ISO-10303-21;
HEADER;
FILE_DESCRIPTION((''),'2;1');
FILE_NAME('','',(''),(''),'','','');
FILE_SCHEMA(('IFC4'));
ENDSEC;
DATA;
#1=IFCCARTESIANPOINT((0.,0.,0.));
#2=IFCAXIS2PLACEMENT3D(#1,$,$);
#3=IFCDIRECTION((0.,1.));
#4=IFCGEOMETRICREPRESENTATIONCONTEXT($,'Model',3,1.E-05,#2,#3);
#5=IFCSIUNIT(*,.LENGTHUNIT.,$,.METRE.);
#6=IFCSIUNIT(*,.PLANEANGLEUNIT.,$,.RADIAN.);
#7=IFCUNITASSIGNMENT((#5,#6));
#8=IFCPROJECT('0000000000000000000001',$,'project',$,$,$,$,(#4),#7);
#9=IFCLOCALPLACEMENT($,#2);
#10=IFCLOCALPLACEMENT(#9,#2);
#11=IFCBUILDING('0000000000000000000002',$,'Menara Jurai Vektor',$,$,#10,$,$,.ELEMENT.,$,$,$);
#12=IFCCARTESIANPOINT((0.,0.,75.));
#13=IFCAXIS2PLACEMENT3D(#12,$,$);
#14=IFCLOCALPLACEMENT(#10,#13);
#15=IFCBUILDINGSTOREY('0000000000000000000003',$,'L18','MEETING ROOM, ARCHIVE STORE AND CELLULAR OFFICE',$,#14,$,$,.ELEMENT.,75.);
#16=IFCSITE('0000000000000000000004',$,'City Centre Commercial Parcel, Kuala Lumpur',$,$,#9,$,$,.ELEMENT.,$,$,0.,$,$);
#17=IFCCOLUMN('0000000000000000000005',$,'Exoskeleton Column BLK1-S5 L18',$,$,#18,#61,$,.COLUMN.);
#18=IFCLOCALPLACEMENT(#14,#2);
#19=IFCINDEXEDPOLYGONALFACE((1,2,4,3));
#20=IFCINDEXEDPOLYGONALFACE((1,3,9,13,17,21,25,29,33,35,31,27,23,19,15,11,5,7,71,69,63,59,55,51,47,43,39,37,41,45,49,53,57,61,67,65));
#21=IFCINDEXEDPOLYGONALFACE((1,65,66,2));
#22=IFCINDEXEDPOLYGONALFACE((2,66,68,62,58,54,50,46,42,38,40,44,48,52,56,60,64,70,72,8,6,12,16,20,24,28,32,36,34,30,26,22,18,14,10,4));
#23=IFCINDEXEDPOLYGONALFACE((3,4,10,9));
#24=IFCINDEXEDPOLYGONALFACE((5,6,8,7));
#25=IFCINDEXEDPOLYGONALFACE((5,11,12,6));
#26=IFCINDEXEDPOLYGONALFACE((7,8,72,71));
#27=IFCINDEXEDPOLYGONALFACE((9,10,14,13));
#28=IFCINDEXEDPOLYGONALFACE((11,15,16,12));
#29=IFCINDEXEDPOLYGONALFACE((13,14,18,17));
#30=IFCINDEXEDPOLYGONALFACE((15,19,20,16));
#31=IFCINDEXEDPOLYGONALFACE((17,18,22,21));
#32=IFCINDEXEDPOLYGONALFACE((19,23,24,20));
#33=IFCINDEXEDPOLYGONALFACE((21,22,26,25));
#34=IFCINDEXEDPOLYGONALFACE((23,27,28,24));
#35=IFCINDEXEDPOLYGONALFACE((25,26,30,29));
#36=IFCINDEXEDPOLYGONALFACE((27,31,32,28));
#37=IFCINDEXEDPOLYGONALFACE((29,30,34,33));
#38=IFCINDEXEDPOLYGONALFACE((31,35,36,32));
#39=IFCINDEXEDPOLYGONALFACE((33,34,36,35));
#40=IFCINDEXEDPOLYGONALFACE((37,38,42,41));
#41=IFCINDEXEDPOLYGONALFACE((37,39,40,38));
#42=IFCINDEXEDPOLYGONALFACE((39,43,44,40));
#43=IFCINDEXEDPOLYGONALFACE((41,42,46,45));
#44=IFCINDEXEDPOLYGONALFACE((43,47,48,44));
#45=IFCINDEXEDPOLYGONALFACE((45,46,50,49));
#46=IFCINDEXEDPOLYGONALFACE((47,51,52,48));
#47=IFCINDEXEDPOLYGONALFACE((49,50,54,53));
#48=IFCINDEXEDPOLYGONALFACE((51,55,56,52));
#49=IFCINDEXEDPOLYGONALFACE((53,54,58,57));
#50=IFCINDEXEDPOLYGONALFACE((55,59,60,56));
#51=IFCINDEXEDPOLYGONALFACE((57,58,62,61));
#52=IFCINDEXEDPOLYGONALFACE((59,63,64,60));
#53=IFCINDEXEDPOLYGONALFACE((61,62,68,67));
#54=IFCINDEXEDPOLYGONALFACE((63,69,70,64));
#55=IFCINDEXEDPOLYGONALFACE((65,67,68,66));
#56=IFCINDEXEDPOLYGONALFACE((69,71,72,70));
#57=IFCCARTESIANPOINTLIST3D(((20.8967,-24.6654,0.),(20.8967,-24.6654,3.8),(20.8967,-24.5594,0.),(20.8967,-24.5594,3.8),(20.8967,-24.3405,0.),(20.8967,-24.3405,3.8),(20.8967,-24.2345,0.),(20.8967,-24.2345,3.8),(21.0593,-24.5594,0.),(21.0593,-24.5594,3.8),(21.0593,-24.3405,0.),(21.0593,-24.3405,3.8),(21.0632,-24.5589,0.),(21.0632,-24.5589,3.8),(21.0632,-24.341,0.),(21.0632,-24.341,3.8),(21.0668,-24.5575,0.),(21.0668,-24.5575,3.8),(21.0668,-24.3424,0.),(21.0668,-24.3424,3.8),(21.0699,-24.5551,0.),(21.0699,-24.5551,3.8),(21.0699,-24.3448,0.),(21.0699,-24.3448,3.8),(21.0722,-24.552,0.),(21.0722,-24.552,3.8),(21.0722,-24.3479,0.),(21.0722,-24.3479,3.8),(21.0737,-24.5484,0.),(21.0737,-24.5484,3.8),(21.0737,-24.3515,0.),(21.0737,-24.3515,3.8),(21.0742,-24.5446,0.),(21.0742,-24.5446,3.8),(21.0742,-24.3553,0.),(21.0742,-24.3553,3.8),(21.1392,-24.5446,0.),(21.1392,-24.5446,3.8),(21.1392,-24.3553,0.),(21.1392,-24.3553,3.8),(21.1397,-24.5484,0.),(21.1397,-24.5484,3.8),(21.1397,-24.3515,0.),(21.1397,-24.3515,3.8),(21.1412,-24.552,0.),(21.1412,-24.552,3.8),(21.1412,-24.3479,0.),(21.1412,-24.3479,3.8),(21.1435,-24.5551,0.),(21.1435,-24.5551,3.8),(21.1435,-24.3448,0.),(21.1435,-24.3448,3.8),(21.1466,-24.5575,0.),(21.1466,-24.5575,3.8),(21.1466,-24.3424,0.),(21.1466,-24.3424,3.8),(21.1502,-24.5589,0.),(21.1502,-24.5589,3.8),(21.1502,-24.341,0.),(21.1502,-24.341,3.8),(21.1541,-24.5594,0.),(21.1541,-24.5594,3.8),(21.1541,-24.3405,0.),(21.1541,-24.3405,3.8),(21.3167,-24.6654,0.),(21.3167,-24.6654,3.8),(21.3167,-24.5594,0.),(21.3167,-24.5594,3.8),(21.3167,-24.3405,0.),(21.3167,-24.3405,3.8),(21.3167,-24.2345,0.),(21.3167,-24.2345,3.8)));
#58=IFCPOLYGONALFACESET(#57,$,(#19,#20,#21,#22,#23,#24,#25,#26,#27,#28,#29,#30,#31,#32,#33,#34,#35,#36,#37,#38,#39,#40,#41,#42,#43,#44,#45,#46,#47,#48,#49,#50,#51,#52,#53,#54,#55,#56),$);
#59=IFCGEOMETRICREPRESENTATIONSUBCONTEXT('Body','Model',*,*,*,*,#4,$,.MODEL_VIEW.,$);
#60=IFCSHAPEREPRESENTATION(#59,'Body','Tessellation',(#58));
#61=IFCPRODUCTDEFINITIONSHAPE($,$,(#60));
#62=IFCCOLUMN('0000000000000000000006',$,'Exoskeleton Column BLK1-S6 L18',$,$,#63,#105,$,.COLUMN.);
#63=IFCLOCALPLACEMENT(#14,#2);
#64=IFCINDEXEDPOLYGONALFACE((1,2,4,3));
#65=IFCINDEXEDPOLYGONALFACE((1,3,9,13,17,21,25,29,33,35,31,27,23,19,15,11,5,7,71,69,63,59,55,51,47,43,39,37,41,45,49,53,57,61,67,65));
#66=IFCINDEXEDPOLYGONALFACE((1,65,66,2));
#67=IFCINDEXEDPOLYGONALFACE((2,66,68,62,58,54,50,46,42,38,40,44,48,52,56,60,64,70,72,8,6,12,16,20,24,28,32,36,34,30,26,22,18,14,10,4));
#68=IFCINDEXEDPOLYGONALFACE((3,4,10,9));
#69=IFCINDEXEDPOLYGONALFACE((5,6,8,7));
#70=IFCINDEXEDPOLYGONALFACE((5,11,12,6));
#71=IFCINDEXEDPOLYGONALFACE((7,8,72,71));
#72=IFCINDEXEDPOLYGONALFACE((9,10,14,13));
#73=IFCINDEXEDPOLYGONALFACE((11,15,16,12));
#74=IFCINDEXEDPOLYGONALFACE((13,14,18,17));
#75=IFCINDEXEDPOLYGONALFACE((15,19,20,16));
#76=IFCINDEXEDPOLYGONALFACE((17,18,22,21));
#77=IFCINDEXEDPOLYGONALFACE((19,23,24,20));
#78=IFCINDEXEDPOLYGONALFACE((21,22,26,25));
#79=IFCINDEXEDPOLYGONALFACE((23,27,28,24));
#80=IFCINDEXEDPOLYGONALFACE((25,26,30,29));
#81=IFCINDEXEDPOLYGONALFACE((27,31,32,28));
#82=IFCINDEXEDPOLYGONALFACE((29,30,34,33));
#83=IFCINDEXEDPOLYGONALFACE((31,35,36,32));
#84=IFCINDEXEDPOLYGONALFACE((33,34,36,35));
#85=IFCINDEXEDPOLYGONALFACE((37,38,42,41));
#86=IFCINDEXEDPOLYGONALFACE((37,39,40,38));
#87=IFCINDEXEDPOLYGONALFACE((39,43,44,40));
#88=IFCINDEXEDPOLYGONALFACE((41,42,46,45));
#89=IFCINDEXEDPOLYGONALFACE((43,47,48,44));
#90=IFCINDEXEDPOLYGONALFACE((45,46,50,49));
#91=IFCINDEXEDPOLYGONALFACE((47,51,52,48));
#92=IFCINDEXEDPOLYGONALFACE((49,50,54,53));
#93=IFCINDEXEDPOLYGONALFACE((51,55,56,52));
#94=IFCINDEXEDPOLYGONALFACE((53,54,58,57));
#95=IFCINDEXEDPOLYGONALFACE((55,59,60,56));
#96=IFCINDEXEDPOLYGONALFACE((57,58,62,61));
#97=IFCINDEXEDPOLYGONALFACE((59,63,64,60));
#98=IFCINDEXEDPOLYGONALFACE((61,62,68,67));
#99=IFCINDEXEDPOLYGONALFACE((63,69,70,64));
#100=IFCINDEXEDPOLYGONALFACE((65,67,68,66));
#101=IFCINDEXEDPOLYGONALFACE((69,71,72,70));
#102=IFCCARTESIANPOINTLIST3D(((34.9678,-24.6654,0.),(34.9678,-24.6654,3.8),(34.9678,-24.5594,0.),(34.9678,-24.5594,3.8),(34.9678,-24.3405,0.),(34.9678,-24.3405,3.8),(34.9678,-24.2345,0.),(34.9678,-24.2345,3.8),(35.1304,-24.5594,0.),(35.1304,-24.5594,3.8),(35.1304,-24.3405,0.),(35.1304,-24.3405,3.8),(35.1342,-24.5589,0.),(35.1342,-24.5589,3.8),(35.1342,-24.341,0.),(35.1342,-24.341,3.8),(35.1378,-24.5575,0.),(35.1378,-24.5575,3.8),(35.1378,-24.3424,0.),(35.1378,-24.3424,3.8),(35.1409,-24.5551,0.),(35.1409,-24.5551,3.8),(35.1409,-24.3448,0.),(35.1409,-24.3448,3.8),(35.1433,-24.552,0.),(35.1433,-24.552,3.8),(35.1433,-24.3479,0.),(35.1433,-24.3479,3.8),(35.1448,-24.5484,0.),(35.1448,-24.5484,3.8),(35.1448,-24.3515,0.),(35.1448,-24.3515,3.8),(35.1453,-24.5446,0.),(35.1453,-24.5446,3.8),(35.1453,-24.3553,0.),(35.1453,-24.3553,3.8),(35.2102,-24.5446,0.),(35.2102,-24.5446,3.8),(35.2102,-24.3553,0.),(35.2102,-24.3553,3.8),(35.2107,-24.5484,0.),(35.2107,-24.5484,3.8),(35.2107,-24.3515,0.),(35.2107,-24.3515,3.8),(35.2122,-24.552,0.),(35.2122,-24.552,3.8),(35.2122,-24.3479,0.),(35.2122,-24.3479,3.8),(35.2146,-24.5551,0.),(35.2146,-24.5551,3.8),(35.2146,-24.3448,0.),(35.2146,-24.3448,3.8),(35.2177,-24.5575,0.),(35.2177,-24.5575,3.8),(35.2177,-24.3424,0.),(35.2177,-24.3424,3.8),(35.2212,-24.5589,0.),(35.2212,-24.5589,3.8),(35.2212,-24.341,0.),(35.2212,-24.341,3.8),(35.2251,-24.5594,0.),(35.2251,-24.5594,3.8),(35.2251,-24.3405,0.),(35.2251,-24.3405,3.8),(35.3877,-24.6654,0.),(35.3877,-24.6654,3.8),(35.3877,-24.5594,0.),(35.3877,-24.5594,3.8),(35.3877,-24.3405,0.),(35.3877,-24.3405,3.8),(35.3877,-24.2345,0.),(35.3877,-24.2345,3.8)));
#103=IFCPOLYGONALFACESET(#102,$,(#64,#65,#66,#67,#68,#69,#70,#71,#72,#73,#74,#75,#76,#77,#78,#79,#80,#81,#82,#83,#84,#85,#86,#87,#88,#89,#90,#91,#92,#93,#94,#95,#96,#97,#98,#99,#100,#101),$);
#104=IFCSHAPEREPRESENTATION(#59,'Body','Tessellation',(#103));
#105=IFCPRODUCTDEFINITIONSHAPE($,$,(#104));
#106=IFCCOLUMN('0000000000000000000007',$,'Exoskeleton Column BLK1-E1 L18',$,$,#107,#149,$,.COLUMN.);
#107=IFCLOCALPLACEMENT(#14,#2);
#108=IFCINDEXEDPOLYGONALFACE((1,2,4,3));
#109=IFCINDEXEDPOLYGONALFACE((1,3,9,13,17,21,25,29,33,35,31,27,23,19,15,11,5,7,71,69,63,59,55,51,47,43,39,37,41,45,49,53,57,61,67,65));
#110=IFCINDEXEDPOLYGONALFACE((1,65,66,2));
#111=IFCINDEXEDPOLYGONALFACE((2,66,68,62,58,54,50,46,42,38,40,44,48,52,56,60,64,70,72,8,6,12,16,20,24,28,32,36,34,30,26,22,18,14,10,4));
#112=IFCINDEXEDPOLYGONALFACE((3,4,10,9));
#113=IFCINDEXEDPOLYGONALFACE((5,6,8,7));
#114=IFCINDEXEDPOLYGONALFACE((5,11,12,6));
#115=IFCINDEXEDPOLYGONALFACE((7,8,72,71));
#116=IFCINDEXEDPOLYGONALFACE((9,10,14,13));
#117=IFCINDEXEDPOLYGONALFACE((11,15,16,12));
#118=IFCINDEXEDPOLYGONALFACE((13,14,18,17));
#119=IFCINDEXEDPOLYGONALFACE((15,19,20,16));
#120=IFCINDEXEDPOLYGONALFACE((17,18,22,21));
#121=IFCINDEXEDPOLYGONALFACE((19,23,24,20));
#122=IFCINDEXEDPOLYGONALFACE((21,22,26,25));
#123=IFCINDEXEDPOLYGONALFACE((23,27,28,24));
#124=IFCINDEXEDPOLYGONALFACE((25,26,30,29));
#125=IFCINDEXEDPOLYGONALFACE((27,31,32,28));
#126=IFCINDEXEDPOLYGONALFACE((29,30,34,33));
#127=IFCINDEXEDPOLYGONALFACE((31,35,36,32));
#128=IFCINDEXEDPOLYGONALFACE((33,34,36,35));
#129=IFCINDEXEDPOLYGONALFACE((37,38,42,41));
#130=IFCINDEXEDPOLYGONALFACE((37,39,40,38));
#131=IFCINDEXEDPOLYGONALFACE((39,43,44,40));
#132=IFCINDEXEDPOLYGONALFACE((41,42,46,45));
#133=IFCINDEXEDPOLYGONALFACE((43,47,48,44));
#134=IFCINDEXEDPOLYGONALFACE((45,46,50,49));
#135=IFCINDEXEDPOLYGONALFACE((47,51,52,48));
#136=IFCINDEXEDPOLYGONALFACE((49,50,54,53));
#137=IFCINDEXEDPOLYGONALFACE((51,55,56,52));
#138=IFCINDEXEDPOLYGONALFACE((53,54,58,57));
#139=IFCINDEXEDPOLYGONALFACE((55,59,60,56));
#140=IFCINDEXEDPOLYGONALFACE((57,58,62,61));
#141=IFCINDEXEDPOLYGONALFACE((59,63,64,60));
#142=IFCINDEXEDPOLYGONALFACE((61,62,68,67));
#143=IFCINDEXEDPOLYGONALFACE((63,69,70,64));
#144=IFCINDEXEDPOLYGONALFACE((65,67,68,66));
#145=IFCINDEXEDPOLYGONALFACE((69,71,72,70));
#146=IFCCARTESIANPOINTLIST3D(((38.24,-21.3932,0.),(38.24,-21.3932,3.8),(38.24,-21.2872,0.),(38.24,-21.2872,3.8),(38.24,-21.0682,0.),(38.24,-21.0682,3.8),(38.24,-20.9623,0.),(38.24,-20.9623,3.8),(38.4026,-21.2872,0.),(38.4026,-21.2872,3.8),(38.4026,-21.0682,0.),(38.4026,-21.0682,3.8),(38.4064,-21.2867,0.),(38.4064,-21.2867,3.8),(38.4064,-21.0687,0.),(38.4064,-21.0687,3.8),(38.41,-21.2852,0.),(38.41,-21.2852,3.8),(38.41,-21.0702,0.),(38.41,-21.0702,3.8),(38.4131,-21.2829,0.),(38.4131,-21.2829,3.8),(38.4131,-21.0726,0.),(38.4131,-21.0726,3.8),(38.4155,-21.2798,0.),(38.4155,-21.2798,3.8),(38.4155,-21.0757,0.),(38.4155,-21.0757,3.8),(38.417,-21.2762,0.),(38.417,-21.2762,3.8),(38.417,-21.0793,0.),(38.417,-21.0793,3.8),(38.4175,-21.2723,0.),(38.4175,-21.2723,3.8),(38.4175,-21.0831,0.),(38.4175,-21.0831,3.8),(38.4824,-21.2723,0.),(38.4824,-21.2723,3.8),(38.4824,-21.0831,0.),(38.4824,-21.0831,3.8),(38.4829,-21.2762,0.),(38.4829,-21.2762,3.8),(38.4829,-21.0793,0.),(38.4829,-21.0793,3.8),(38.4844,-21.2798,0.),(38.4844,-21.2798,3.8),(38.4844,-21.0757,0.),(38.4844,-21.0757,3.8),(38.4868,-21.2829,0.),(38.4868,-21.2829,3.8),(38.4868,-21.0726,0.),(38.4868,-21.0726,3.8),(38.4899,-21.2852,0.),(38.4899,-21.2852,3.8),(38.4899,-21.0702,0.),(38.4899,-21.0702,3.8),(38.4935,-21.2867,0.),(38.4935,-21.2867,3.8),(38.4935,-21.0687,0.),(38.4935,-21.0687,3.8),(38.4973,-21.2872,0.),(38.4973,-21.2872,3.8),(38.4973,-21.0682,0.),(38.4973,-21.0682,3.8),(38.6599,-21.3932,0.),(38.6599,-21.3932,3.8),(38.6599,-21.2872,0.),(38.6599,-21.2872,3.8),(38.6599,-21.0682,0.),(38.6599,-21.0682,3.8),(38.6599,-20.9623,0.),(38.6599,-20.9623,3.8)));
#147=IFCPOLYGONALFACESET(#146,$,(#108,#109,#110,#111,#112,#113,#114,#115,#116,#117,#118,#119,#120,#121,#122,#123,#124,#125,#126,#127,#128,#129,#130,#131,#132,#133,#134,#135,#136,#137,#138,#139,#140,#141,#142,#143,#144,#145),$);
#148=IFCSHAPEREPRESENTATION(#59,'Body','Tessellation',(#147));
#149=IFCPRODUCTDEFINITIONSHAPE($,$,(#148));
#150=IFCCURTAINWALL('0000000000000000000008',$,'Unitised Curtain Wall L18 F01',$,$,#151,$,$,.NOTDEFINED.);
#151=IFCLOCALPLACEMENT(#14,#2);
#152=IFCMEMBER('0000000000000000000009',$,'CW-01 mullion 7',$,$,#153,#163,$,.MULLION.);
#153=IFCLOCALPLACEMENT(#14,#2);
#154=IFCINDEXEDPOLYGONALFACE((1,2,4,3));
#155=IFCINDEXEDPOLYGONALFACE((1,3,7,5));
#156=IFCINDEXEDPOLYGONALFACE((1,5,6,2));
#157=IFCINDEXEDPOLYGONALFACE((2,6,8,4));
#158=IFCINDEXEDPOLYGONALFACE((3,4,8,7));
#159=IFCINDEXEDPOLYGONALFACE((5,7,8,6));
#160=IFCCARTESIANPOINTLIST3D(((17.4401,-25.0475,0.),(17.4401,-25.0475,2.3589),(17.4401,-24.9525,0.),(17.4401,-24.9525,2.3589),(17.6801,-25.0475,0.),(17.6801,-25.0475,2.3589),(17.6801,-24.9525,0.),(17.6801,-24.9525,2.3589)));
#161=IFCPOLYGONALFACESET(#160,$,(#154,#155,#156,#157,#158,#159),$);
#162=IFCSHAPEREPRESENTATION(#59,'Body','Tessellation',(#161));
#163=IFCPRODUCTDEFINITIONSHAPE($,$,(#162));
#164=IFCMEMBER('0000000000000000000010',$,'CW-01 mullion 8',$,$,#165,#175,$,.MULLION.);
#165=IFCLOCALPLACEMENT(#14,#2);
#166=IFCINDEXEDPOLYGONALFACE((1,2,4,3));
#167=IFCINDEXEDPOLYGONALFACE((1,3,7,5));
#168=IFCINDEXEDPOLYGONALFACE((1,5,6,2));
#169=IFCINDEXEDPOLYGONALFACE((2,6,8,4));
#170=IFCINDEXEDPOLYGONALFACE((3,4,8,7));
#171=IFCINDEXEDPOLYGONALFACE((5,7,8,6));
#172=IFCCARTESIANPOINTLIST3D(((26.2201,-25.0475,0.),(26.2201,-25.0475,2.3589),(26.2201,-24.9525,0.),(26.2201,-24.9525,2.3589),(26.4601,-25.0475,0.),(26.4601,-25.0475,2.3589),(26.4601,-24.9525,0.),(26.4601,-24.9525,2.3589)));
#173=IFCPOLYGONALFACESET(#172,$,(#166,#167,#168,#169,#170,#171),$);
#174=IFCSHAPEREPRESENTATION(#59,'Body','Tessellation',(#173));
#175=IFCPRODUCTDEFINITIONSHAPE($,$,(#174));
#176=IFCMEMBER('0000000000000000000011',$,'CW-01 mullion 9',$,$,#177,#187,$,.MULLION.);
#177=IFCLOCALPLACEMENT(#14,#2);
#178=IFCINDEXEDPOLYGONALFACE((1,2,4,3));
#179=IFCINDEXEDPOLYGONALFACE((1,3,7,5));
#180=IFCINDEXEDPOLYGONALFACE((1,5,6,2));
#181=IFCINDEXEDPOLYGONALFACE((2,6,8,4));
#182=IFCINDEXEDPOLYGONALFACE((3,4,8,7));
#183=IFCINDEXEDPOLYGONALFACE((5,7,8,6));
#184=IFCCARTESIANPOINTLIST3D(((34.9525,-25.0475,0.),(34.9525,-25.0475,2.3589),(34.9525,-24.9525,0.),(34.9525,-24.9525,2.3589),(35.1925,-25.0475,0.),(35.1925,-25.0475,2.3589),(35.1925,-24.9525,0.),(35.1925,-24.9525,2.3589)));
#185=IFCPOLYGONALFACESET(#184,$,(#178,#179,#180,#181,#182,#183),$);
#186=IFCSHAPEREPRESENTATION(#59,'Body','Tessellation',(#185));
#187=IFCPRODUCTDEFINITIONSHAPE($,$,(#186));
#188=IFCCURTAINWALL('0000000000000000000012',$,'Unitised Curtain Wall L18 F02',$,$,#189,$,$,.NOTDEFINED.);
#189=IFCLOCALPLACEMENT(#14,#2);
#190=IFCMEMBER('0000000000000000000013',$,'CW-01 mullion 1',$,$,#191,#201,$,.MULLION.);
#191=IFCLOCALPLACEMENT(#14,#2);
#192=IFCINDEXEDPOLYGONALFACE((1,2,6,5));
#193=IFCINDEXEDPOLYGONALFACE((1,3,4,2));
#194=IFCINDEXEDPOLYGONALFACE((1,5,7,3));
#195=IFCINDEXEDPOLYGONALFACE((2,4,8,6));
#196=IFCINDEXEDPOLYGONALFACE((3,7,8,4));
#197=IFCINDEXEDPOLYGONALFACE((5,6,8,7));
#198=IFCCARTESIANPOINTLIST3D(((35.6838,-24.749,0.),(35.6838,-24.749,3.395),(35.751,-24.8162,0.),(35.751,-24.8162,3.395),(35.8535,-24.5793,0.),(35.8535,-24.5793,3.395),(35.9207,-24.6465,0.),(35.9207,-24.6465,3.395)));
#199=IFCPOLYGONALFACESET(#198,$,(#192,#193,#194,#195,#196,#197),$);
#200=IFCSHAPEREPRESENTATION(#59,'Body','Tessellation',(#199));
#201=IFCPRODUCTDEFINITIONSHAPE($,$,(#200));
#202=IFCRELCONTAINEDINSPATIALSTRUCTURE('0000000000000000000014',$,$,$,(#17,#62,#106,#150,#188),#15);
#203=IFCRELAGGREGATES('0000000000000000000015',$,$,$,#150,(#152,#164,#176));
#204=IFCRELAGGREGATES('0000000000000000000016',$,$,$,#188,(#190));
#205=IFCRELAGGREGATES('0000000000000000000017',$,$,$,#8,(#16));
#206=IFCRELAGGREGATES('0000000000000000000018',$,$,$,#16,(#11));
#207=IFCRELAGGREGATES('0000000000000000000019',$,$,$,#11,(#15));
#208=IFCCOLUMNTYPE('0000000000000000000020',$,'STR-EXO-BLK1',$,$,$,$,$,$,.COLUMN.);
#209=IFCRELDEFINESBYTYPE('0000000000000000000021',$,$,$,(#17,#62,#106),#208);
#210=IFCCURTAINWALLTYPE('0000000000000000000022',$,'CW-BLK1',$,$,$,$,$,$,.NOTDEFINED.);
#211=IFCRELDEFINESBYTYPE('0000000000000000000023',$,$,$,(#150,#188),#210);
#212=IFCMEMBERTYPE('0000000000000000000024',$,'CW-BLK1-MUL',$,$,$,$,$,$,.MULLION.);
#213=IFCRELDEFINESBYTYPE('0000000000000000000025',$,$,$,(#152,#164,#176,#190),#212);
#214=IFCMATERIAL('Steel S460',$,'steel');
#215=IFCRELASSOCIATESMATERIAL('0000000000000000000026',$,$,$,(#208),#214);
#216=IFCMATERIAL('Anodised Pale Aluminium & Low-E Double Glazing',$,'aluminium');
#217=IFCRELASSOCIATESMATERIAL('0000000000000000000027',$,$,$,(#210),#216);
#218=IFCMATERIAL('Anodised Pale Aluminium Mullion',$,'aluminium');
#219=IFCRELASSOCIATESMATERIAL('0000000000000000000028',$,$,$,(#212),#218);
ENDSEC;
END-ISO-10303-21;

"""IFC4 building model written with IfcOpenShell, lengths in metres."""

from ifc_helpers import new_model, si_unit, direction, frame, origin, origin_2d, place, context, subcontext, project, spatial, rectangle, i_section, extrude, material, material_profile, profile_set, type_object, element, aggregate, save


model = new_model("IFC4")

# Units and contexts
model_context = context("Model", 3, precision=1e-05, world=origin(), true_north=direction((0.0, 1.0)))
body_context = subcontext(model_context, "Body", "Model", "MODEL_VIEW")
ifc_project = project(units=[si_unit("LENGTHUNIT", "METRE"), si_unit("PLANEANGLEUNIT", "RADIAN")], contexts=[model_context])

# Site, building, storey
site_placement = place(None, origin())
site = spatial("IfcSite", under=ifc_project, at=site_placement, Name="City Centre Commercial Parcel, Kuala Lumpur", CompositionType="ELEMENT", RefElevation=0.0)
building_placement = place(site_placement, origin())
building = spatial("IfcBuilding", under=site, at=building_placement, Name="Menara Jurai Vektor", CompositionType="ELEMENT")
storey_placement = place(building_placement, frame((0.0, 0.0, 75.0)))
storey = spatial("IfcBuildingStorey", under=building, at=storey_placement, Name="L18", Description="MEETING ROOM, ARCHIVE STORE AND CELLULAR OFFICE", CompositionType="ELEMENT", Elevation=75.0)

# Columns
ifc_material_1 = material(Name="Steel S460", Category="steel")
ifc_material_profile_1 = material_profile(ifc_material_1, i_section(OverallWidth=0.4199, OverallDepth=0.4309, WebThickness=0.0649, FlangeThickness=0.106, FilletRadius=0.0149, at=origin_2d()), Name="HD 400x900")
ifc_profile_set_1 = profile_set([ifc_material_profile_1], Name="Steel S460")
column_type = type_object("IfcColumnType", Name="STR-EXO-BLK1", PredefinedType="COLUMN", material=ifc_profile_set_1)
for number, where, z_axis, x_axis, name in (
    (1, (21.1067, -24.45, 0.0), (0.0, 0.0, 1.0), (1.0, 0.0, 0.0), "Exoskeleton Column BLK1-S5 L18"),
    (2, (35.1777, -24.45, 0.0), (0.0, 0.0, 1.0), (1.0, 0.0, 0.0), "Exoskeleton Column BLK1-S6 L18"),
    (3, (38.45, -21.1777, 0.0), (0.0, 0.0, 1.0), (1.0, 0.0, 0.0), "Exoskeleton Column BLK1-E1 L18"),
):
    element("IfcColumn", number, at=place(storey_placement, frame(where, z_axis=z_axis, x_axis=x_axis)), inside=storey, type_object=column_type, Name=name, PredefinedType="COLUMN", context=body_context, shape_type="SweptSolid", body=[
        extrude(i_section(OverallWidth=0.4199, OverallDepth=0.4309, WebThickness=0.0649, FlangeThickness=0.106, FilletRadius=0.0149, at=origin_2d()), origin(), (0.0, 0.0, 1.0), 3.8),
    ])

# Curtain walls, members
ifc_material_2 = material(Name="Anodised Pale Aluminium & Low-E Double Glazing", Category="aluminium")
curtain_wall_type = type_object("IfcCurtainWallType", Name="CW-BLK1", PredefinedType="NOTDEFINED", material=ifc_material_2)
curtain_wall_1_placement = place(storey_placement, origin())
curtain_wall_1 = element("IfcCurtainWall", 4, at=curtain_wall_1_placement, inside=storey, type_object=curtain_wall_type, Name="Unitised Curtain Wall L18 F01", PredefinedType="NOTDEFINED")
ifc_material_3 = material(Name="Anodised Pale Aluminium Mullion", Category="aluminium")
ifc_material_profile_2 = material_profile(ifc_material_3, rectangle(XDim=0.095, YDim=0.24, at=origin_2d()), Name="ALU MUL 95x240")
ifc_profile_set_2 = profile_set([ifc_material_profile_2], Name="Anodised Pale Aluminium Mullion")
member_type_1 = type_object("IfcMemberType", Name="CW-BLK1-MUL", PredefinedType="MULLION", material=ifc_profile_set_2)
member_1_placement = place(storey_placement, frame((17.5601, -25.0, 0.0), z_axis=(0.0, 0.0, 1.0), x_axis=(0.0, 1.0, 0.0)))
member_1 = element("IfcMember", 5, at=member_1_placement, type_object=member_type_1, Name="CW-01 mullion 7", PredefinedType="MULLION", context=body_context, shape_type="SweptSolid", body=[
    extrude(rectangle(XDim=0.095, YDim=0.24, at=origin_2d()), origin(), (0.0, 0.0, 1.0), 2.3589),
])
member_2_placement = place(storey_placement, frame((26.3401, -25.0, 0.0), z_axis=(0.0, 0.0, 1.0), x_axis=(0.0, 1.0, 0.0)))
member_2 = element("IfcMember", 6, at=member_2_placement, type_object=member_type_1, Name="CW-01 mullion 8", PredefinedType="MULLION", context=body_context, shape_type="SweptSolid", body=[
    extrude(rectangle(XDim=0.095, YDim=0.24, at=origin_2d()), origin(), (0.0, 0.0, 1.0), 2.3589),
])
member_3_placement = place(storey_placement, frame((35.0725, -25.0, 0.0), z_axis=(0.0, 0.0, 1.0), x_axis=(0.0, 1.0, 0.0)))
member_3 = element("IfcMember", 7, at=member_3_placement, type_object=member_type_1, Name="CW-01 mullion 9", PredefinedType="MULLION", context=body_context, shape_type="SweptSolid", body=[
    extrude(rectangle(XDim=0.095, YDim=0.24, at=origin_2d()), origin(), (0.0, 0.0, 1.0), 2.3589),
])
curtain_wall_2_placement = place(storey_placement, origin())
curtain_wall_2 = element("IfcCurtainWall", 8, at=curtain_wall_2_placement, inside=storey, type_object=curtain_wall_type, Name="Unitised Curtain Wall L18 F02", PredefinedType="NOTDEFINED")
member_4_placement = place(storey_placement, frame((35.8022, -24.6978, 0.0), z_axis=(0.0, 0.0, 1.0), x_axis=(-0.707107, 0.707107, 0.0)))
member_4 = element("IfcMember", 9, at=member_4_placement, type_object=member_type_1, Name="CW-01 mullion 1", PredefinedType="MULLION", context=body_context, shape_type="SweptSolid", body=[
    extrude(rectangle(XDim=0.095, YDim=0.24, at=origin_2d()), origin(), (0.0, 0.0, 1.0), 3.395),
])

aggregate(curtain_wall_1, [member_1, member_2, member_3])
aggregate(curtain_wall_2, [member_4])

save(model, "model.ifc")
